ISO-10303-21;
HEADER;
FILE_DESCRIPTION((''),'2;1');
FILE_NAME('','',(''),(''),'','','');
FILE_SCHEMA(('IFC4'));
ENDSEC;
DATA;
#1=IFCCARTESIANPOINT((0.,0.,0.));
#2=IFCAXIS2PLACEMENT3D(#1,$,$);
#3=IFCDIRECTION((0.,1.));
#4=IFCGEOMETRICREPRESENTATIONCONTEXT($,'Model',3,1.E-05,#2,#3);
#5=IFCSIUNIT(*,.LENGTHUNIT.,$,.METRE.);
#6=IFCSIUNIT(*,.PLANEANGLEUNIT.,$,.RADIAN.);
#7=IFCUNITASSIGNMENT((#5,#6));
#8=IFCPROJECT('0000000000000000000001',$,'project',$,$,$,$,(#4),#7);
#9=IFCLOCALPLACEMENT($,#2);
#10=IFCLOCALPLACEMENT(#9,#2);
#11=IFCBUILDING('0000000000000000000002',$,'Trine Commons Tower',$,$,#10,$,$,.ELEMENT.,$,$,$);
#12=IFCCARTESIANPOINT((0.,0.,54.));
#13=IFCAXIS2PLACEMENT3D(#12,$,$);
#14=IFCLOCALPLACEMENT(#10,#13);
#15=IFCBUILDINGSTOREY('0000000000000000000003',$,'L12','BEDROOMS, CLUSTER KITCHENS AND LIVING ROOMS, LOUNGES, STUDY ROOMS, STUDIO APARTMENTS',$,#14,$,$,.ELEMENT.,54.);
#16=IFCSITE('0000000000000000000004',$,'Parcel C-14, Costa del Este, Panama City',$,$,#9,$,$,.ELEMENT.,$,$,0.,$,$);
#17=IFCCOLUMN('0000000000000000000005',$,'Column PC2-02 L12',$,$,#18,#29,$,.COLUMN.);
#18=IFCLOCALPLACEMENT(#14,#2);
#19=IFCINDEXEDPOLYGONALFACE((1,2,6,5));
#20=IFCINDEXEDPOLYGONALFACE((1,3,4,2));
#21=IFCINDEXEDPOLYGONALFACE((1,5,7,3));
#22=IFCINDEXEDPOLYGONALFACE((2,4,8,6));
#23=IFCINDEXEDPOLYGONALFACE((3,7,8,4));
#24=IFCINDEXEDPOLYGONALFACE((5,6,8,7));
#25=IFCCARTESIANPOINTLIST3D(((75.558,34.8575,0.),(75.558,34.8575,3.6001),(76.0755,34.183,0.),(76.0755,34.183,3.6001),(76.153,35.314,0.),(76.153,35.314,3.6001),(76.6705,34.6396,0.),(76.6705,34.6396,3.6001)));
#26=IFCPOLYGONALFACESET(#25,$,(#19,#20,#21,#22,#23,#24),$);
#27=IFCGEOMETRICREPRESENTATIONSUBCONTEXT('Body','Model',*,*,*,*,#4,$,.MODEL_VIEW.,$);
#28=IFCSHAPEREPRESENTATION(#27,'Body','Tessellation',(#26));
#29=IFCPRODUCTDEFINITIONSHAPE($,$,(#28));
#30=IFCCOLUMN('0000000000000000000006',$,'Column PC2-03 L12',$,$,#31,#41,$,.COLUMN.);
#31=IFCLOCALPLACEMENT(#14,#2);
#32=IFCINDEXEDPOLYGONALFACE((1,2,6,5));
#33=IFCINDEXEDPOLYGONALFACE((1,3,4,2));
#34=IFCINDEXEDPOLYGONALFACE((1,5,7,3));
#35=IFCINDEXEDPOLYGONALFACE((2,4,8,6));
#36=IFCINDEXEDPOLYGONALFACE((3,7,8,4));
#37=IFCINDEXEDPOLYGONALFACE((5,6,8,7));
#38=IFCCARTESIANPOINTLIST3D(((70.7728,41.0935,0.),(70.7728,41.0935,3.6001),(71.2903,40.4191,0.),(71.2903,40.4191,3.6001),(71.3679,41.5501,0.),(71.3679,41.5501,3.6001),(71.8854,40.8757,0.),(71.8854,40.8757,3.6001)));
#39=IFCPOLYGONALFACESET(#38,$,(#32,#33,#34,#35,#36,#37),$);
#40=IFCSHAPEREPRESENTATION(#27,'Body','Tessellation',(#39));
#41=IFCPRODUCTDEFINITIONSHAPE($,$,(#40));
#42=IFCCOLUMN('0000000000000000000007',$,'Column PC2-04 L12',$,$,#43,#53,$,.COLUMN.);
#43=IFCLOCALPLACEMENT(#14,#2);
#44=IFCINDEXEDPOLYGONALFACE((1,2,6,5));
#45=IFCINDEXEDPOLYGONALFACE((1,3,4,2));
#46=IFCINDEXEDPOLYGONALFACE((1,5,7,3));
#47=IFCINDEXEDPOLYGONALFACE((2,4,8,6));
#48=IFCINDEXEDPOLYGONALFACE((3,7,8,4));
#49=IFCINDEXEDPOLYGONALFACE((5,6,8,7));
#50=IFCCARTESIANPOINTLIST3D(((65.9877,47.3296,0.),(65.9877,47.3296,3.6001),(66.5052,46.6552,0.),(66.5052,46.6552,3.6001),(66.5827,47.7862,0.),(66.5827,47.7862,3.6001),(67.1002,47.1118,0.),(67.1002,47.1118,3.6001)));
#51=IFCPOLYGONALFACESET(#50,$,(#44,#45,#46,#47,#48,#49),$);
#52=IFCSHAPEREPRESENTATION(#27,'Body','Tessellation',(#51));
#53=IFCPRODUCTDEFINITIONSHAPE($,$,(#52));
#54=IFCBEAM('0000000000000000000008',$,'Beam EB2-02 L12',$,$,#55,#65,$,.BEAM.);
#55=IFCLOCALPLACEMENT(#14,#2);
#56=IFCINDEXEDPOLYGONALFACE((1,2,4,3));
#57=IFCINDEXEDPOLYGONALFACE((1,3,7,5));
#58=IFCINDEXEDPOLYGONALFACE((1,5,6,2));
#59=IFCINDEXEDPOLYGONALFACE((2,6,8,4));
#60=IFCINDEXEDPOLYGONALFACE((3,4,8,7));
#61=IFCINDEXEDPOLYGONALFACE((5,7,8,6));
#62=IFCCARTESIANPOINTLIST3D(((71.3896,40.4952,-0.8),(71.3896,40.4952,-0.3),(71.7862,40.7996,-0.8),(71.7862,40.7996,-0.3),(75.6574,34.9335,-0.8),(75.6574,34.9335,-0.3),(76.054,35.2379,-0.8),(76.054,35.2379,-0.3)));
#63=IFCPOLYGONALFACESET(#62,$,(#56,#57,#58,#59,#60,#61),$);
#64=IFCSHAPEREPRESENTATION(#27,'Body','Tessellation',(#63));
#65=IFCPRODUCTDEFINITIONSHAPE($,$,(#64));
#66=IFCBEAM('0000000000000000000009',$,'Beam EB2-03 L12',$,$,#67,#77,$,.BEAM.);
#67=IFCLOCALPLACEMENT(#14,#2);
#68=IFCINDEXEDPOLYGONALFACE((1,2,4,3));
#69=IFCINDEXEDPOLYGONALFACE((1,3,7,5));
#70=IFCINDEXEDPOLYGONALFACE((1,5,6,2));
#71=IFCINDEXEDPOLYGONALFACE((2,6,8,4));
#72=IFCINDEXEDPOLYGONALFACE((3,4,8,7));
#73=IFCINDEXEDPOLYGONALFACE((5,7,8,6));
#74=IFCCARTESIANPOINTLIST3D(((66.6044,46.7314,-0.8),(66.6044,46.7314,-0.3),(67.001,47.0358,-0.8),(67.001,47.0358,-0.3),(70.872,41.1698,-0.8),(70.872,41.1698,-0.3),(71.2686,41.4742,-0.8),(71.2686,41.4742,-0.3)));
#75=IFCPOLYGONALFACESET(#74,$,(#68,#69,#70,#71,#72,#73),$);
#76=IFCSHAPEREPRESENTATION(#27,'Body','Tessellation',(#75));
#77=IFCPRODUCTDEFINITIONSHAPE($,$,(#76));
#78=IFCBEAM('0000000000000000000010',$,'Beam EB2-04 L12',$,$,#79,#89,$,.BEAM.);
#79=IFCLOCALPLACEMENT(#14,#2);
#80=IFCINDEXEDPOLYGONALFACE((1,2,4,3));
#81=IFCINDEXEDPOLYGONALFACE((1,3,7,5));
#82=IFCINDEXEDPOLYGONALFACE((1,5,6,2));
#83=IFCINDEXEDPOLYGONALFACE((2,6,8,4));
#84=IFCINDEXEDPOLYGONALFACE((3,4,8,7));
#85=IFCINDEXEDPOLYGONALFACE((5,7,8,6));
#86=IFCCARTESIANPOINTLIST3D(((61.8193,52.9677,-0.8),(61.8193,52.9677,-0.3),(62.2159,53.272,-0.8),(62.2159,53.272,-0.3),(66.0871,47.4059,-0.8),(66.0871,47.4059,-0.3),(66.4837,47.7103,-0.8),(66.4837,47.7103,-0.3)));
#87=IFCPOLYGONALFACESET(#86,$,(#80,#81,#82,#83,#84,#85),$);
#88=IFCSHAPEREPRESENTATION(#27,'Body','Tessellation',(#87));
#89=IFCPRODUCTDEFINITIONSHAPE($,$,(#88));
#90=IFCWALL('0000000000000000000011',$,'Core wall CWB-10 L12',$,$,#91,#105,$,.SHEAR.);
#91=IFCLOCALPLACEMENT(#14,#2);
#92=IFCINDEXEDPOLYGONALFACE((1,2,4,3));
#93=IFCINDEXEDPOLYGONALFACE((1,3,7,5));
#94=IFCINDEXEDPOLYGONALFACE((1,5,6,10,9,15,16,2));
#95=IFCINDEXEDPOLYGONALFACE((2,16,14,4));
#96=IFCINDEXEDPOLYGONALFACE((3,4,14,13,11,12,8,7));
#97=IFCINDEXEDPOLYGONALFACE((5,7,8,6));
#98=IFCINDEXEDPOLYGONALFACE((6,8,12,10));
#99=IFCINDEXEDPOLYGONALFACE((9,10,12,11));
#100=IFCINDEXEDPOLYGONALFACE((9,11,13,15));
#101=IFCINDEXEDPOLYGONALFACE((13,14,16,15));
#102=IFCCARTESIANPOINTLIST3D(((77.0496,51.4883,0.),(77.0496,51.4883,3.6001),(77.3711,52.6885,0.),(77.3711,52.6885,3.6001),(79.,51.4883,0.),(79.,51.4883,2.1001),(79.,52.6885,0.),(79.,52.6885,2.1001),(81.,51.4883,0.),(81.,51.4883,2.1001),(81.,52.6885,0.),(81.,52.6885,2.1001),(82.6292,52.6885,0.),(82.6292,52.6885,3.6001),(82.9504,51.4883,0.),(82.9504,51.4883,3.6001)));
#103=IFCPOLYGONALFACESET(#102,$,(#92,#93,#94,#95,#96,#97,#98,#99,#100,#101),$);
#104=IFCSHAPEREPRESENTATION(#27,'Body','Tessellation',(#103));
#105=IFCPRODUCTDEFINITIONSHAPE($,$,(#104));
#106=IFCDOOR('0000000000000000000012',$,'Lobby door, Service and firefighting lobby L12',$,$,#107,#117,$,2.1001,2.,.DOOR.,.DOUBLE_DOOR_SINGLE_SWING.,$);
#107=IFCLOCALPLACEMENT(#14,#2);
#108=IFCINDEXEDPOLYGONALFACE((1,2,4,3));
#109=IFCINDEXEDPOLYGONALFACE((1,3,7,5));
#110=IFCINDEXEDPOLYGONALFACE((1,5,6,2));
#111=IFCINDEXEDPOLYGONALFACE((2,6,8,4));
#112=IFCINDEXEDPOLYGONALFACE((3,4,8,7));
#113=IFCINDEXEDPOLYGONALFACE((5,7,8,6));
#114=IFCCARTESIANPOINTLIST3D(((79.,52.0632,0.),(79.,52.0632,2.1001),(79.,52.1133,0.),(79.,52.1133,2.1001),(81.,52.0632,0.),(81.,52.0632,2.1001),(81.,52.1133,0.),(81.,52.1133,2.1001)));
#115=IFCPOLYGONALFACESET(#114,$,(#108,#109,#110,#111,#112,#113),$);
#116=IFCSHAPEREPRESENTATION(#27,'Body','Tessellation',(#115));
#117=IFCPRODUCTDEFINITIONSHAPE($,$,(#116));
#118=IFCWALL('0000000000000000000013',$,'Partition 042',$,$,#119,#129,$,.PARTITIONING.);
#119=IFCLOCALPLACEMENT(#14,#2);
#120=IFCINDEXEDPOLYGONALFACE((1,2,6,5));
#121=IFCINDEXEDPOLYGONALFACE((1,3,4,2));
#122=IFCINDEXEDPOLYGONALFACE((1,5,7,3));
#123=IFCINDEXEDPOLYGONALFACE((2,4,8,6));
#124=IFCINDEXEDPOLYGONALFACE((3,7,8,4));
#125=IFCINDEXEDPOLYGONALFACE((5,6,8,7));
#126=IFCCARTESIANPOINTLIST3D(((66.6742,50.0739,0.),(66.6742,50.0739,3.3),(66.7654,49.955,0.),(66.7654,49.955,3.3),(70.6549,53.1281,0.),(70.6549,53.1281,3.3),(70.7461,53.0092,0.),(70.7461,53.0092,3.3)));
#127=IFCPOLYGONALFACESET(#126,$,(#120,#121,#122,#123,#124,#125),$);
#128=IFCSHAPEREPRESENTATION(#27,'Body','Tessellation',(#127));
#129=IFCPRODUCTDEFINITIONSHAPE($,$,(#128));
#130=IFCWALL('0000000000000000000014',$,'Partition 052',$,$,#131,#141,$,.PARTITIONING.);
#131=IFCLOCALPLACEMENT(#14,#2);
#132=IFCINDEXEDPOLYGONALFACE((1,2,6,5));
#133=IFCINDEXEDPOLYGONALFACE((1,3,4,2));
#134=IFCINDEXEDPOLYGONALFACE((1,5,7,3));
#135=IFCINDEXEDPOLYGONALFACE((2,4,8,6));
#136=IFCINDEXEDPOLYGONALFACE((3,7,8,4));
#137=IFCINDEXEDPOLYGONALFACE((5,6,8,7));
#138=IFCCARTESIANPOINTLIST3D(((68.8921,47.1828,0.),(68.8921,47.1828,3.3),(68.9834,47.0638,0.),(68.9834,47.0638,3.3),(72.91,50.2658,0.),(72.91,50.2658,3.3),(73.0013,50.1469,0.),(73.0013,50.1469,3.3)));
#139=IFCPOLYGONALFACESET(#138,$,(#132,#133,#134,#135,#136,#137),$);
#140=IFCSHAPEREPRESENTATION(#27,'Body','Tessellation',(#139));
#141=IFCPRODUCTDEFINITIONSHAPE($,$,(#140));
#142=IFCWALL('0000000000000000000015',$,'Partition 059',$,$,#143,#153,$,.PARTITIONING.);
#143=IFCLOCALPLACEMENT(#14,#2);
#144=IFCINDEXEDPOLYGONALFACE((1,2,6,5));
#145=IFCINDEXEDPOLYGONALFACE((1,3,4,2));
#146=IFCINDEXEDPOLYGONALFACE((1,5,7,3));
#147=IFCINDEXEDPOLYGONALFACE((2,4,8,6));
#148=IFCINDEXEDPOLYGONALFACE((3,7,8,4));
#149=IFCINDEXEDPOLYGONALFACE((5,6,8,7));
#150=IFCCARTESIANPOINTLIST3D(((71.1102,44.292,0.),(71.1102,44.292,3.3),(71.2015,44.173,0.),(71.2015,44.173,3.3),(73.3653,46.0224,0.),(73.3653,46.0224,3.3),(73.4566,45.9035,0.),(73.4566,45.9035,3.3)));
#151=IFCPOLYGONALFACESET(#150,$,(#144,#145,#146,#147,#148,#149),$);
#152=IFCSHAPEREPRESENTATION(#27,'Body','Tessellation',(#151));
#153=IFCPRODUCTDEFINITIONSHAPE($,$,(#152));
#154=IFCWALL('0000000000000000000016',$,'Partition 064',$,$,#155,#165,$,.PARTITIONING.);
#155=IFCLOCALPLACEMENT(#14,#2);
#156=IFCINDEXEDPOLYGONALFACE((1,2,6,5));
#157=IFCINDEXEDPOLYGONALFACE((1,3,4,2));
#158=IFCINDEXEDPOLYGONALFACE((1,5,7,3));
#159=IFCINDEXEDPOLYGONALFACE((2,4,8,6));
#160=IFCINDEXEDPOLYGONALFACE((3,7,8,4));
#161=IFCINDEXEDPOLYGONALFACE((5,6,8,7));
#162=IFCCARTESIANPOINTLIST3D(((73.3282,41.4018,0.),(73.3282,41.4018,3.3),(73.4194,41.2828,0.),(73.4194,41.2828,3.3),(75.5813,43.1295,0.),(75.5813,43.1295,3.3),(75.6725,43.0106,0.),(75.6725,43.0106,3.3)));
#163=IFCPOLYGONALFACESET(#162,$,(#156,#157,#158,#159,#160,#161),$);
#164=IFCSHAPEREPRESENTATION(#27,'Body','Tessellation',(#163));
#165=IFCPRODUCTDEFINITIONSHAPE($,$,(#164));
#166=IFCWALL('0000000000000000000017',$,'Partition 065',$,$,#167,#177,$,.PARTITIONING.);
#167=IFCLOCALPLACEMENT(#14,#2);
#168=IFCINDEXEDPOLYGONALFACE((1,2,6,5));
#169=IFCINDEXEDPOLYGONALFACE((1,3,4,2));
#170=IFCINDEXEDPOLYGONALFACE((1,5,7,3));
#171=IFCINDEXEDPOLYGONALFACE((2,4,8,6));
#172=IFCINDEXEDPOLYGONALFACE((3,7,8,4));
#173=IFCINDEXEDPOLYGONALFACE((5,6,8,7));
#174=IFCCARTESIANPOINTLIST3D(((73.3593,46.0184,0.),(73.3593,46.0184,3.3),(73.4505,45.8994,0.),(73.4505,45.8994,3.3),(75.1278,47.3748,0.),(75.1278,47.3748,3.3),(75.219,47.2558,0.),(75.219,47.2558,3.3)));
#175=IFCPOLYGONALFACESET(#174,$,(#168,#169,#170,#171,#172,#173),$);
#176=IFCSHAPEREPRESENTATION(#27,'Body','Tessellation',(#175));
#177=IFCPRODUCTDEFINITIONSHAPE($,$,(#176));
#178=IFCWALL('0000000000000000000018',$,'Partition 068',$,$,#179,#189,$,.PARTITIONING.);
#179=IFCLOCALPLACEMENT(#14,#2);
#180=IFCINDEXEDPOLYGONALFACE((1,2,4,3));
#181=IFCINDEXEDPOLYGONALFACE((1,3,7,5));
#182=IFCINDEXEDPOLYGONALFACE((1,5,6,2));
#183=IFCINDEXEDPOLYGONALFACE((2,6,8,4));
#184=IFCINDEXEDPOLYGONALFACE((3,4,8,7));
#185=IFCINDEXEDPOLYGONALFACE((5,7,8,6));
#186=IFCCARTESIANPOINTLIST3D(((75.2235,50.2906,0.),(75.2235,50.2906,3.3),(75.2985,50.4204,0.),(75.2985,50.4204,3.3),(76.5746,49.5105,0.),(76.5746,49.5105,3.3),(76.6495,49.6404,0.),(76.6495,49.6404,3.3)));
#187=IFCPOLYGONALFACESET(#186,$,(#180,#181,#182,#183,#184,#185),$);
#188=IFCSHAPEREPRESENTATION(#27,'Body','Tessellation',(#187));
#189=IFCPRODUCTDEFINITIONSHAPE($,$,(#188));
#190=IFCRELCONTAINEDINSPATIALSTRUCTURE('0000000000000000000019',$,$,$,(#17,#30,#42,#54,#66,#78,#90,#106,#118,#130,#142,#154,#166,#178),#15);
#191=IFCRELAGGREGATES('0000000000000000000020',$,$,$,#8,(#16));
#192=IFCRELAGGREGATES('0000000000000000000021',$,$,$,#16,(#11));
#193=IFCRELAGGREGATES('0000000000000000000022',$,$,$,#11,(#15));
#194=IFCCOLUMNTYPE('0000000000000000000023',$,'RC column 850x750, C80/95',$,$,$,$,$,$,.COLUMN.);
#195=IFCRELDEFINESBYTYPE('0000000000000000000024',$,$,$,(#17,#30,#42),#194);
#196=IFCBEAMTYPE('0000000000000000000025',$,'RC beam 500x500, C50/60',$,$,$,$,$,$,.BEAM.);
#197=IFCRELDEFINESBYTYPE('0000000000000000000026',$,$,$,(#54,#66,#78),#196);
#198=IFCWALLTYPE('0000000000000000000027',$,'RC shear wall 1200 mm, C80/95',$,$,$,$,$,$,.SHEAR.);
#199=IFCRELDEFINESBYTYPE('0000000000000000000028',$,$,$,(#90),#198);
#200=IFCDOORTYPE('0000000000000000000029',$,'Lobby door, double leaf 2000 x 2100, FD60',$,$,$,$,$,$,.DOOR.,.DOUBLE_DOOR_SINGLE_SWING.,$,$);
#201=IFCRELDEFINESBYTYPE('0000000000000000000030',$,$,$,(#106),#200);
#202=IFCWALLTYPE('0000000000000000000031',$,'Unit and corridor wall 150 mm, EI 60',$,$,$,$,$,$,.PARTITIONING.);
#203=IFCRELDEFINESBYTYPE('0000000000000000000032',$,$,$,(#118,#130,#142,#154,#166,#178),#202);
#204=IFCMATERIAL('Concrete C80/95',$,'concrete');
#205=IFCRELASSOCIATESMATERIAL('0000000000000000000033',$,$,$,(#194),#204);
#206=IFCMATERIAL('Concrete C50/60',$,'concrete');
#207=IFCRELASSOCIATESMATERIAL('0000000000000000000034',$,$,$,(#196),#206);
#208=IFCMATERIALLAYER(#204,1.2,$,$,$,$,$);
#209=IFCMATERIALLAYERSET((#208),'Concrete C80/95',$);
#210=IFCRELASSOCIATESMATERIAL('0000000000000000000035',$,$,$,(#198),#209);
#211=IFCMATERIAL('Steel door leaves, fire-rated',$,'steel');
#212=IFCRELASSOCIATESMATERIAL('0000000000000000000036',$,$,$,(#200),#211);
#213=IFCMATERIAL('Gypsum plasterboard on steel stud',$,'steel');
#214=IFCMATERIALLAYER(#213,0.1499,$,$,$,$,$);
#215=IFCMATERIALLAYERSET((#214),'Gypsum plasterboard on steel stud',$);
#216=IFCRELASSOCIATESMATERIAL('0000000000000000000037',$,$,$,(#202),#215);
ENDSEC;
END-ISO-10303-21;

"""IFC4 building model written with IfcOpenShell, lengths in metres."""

from ifc_helpers import new_model, si_unit, direction, frame, frame_2d, origin, origin_2d, place, context, subcontext, project, spatial, polyline, rectangle, outline, extrude, material, layer, layer_set, material_profile, profile_set, type_object, element, fill, save


model = new_model("IFC4")

# Units and contexts
model_context = context("Model", 3, precision=1e-05, world=origin(), true_north=direction((0.0, 1.0)))
body_context = subcontext(model_context, "Body", "Model", "MODEL_VIEW")
ifc_project = project(units=[si_unit("LENGTHUNIT", "METRE"), si_unit("PLANEANGLEUNIT", "RADIAN")], contexts=[model_context])

# Site, building, storey
site_placement = place(None, origin())
site = spatial("IfcSite", under=ifc_project, at=site_placement, Name="Parcel C-14, Costa del Este, Panama City", CompositionType="ELEMENT", RefElevation=0.0)
building_placement = place(site_placement, origin())
building = spatial("IfcBuilding", under=site, at=building_placement, Name="Trine Commons Tower", CompositionType="ELEMENT")
storey_placement = place(building_placement, frame((0.0, 0.0, 54.0)))
storey = spatial("IfcBuildingStorey", under=building, at=storey_placement, Name="L12", Description="BEDROOMS, CLUSTER KITCHENS AND LIVING ROOMS, LOUNGES, STUDY ROOMS, STUDIO APARTMENTS", CompositionType="ELEMENT", Elevation=54.0)

# Columns
ifc_material_1 = material(Name="Concrete C80/95", Category="concrete")
ifc_material_profile_1 = material_profile(ifc_material_1, rectangle(XDim=0.8501, YDim=0.75, at=origin_2d()), Name="RC 850x750")
ifc_profile_set_1 = profile_set([ifc_material_profile_1], Name="Concrete C80/95")
column_type = type_object("IfcColumnType", Name="RC column 850x750, C80/95", PredefinedType="COLUMN", material=ifc_profile_set_1)
for number, where, z_axis, x_axis, name in (
    (1, (76.1143, 34.7485, 0.0), (0.0, 0.0, 1.0), (-0.608761, 0.793353, 0.0), "Column PC2-02 L12"),
    (2, (71.3291, 40.9846, 0.0), (0.0, 0.0, 1.0), (-0.608761, 0.793353, 0.0), "Column PC2-03 L12"),
    (3, (66.5439, 47.2207, 0.0), (0.0, 0.0, 1.0), (-0.608761, 0.793353, 0.0), "Column PC2-04 L12"),
):
    element("IfcColumn", number, at=place(storey_placement, frame(where, z_axis=z_axis, x_axis=x_axis)), inside=storey, type_object=column_type, Name=name, PredefinedType="COLUMN", context=body_context, shape_type="SweptSolid", body=[
        extrude(rectangle(XDim=0.8501, YDim=0.75, at=origin_2d()), origin(), (0.0, 0.0, 1.0), 3.6001),
    ])

# Beams
ifc_material_2 = material(Name="Concrete C50/60", Category="concrete")
ifc_material_profile_2 = material_profile(ifc_material_2, rectangle(XDim=0.5, YDim=0.5, at=origin_2d()), Name="RC 500x500")
ifc_profile_set_2 = profile_set([ifc_material_profile_2], Name="Concrete C50/60")
beam_type = type_object("IfcBeamType", Name="RC beam 500x500, C50/60", PredefinedType="BEAM", material=ifc_profile_set_2)
beam_1_placement = place(storey_placement, frame((75.8557, 35.0857, -0.55), z_axis=(-0.608773, 0.793345, 0.0), x_axis=(-0.793345, -0.608773, 0.0)))
element("IfcBeam", 4, at=beam_1_placement, inside=storey, type_object=beam_type, Name="Beam EB2-02 L12", PredefinedType="BEAM", context=body_context, shape_type="SweptSolid", body=[
    extrude(rectangle(XDim=0.5, YDim=0.5, at=origin_2d()), origin(), (0.0, 0.0, 1.0), 7.0105),
])
beam_2_placement = place(storey_placement, frame((71.0703, 41.322, -0.55), z_axis=(-0.608768, 0.793348, 0.0), x_axis=(-0.793348, -0.608768, 0.0)))
element("IfcBeam", 5, at=beam_2_placement, inside=storey, type_object=beam_type, Name="Beam EB2-03 L12", PredefinedType="BEAM", context=body_context, shape_type="SweptSolid", body=[
    extrude(rectangle(XDim=0.5, YDim=0.5, at=origin_2d()), origin(), (0.0, 0.0, 1.0), 7.0103),
])
beam_3_placement = place(storey_placement, frame((66.2854, 47.5581, -0.55), z_axis=(-0.608773, 0.793345, 0.0), x_axis=(-0.793345, -0.608773, 0.0)))
element("IfcBeam", 6, at=beam_3_placement, inside=storey, type_object=beam_type, Name="Beam EB2-04 L12", PredefinedType="BEAM", context=body_context, shape_type="SweptSolid", body=[
    extrude(rectangle(XDim=0.5, YDim=0.5, at=origin_2d()), origin(), (0.0, 0.0, 1.0), 7.0105),
])

# Wall, opening, door
ifc_layer_1 = layer(ifc_material_1, 1.2)
ifc_layer_set_1 = layer_set([ifc_layer_1], Name="Concrete C80/95")
wall_type_1 = type_object("IfcWallType", Name="RC shear wall 1200 mm, C80/95", PredefinedType="SHEAR", material=ifc_layer_set_1)
wall_1_placement = place(storey_placement, frame((77.0496, 52.0884, 0.0), z_axis=(0.0, 0.0, 1.0), x_axis=(1.0, 0.0, 0.0)))
wall_1 = element("IfcWall", 7, at=wall_1_placement, inside=storey, type_object=wall_type_1, Name="Core wall CWB-10 L12", PredefinedType="SHEAR", context=body_context, shape_type="SweptSolid", body=[
    extrude(outline(polyline([(0.0, -0.6001), (5.9009, -0.6001), (5.5796, 0.6001), (0.3215, 0.6001), (0.0, -0.6001)])), origin(), (0.0, 0.0, 1.0), 3.6001),
])
opening_1_placement = place(wall_1_placement, frame((1.9504, 0.0, 0.0)))
opening_1 = element("IfcOpeningElement", 8, at=opening_1_placement, cuts=wall_1, PredefinedType="OPENING", context=body_context, shape_type="SweptSolid", body=[
    extrude(rectangle(XDim=2.0, YDim=2.1001, at=frame_2d((1.0, 1.05))), frame((0.0, 0.6099, 0.0), z_axis=(0.0, -1.0, 0.0), x_axis=(1.0, 0.0, 0.0)), (0.0, 0.0, 1.0), 1.22),
])
ifc_material_3 = material(Name="Steel door leaves, fire-rated", Category="steel")
door_type_1 = type_object("IfcDoorType", Name="Lobby door, double leaf 2000 x 2100, FD60", OperationType="DOUBLE_DOOR_SINGLE_SWING", PredefinedType="DOOR", material=ifc_material_3)
door_1_placement = place(opening_1_placement, origin())
door_1 = element("IfcDoor", 9, at=door_1_placement, inside=storey, type_object=door_type_1, Name="Lobby door, Service and firefighting lobby L12", OperationType="DOUBLE_DOOR_SINGLE_SWING", OverallHeight=2.1001, OverallWidth=2.0, PredefinedType="DOOR", context=body_context, shape_type="SweptSolid", body=[
    extrude(rectangle(XDim=2.0, YDim=2.1001, at=frame_2d((1.0, 1.05))), frame((0.0, 0.0249, 0.0), z_axis=(0.0, -1.0, 0.0), x_axis=(1.0, 0.0, 0.0)), (0.0, 0.0, 1.0), 0.05),
])
fill(opening_1, door_1)

# Walls
ifc_material_4 = material(Name="Gypsum plasterboard on steel stud", Category="steel")
ifc_layer_2 = layer(ifc_material_4, 0.1499)
ifc_layer_set_2 = layer_set([ifc_layer_2], Name="Gypsum plasterboard on steel stud")
wall_type_2 = type_object("IfcWallType", Name="Unit and corridor wall 150 mm, EI 60", PredefinedType="PARTITIONING", material=ifc_layer_set_2)
wall_2_placement = place(storey_placement, frame((66.7197, 50.0144, 0.0), z_axis=(0.0, 0.0, 1.0), x_axis=(0.793383, 0.608723, 0.0)))
element("IfcWall", 10, at=wall_2_placement, inside=storey, type_object=wall_type_2, Name="Partition 042", PredefinedType="PARTITIONING", context=body_context, shape_type="SweptSolid", body=[
    extrude(rectangle(XDim=5.0173, YDim=0.1499, at=frame_2d((2.5088, 0.0))), origin(), (0.0, 0.0, 1.0), 3.3),
])
wall_3_placement = place(storey_placement, frame((68.9377, 47.1233, 0.0), z_axis=(0.0, 0.0, 1.0), x_axis=(0.793351, 0.608764, 0.0)))
element("IfcWall", 11, at=wall_3_placement, inside=storey, type_object=wall_type_2, Name="Partition 052", PredefinedType="PARTITIONING", context=body_context, shape_type="SweptSolid", body=[
    extrude(rectangle(XDim=5.0645, YDim=0.1499, at=frame_2d((2.5322, 0.0))), origin(), (0.0, 0.0, 1.0), 3.3),
])
wall_4_placement = place(storey_placement, frame((71.1558, 44.2324, 0.0), z_axis=(0.0, 0.0, 1.0), x_axis=(0.793345, 0.608772, 0.0)))
element("IfcWall", 12, at=wall_4_placement, inside=storey, type_object=wall_type_2, Name="Partition 059", PredefinedType="PARTITIONING", context=body_context, shape_type="SweptSolid", body=[
    extrude(rectangle(XDim=2.8425, YDim=0.1499, at=frame_2d((1.4214, 0.0))), origin(), (0.0, 0.0, 1.0), 3.3),
])
wall_5_placement = place(storey_placement, frame((73.3738, 41.3423, 0.0), z_axis=(0.0, 0.0, 1.0), x_axis=(0.793547, 0.608509, 0.0)))
element("IfcWall", 13, at=wall_5_placement, inside=storey, type_object=wall_type_2, Name="Partition 064", PredefinedType="PARTITIONING", context=body_context, shape_type="SweptSolid", body=[
    extrude(rectangle(XDim=2.8394, YDim=0.1499, at=frame_2d((1.4197, 0.0))), origin(), (0.0, 0.0, 1.0), 3.3),
])
wall_6_placement = place(storey_placement, frame((73.405, 45.959, 0.0), z_axis=(0.0, 0.0, 1.0), x_axis=(0.793486, 0.608588, 0.0)))
element("IfcWall", 14, at=wall_6_placement, inside=storey, type_object=wall_type_2, Name="Partition 065", PredefinedType="PARTITIONING", context=body_context, shape_type="SweptSolid", body=[
    extrude(rectangle(XDim=2.2288, YDim=0.1499, at=frame_2d((1.1143, 0.0))), origin(), (0.0, 0.0, 1.0), 3.3),
])
wall_7_placement = place(storey_placement, frame((75.261, 50.3555, 0.0), z_axis=(0.0, 0.0, 1.0), x_axis=(0.866029, -0.499993, 0.0)))
element("IfcWall", 15, at=wall_7_placement, inside=storey, type_object=wall_type_2, Name="Partition 068", PredefinedType="PARTITIONING", context=body_context, shape_type="SweptSolid", body=[
    extrude(rectangle(XDim=1.5601, YDim=0.1499, at=frame_2d((0.78, 0.0))), origin(), (0.0, 0.0, 1.0), 3.3),
])

save(model, "model.ifc")
